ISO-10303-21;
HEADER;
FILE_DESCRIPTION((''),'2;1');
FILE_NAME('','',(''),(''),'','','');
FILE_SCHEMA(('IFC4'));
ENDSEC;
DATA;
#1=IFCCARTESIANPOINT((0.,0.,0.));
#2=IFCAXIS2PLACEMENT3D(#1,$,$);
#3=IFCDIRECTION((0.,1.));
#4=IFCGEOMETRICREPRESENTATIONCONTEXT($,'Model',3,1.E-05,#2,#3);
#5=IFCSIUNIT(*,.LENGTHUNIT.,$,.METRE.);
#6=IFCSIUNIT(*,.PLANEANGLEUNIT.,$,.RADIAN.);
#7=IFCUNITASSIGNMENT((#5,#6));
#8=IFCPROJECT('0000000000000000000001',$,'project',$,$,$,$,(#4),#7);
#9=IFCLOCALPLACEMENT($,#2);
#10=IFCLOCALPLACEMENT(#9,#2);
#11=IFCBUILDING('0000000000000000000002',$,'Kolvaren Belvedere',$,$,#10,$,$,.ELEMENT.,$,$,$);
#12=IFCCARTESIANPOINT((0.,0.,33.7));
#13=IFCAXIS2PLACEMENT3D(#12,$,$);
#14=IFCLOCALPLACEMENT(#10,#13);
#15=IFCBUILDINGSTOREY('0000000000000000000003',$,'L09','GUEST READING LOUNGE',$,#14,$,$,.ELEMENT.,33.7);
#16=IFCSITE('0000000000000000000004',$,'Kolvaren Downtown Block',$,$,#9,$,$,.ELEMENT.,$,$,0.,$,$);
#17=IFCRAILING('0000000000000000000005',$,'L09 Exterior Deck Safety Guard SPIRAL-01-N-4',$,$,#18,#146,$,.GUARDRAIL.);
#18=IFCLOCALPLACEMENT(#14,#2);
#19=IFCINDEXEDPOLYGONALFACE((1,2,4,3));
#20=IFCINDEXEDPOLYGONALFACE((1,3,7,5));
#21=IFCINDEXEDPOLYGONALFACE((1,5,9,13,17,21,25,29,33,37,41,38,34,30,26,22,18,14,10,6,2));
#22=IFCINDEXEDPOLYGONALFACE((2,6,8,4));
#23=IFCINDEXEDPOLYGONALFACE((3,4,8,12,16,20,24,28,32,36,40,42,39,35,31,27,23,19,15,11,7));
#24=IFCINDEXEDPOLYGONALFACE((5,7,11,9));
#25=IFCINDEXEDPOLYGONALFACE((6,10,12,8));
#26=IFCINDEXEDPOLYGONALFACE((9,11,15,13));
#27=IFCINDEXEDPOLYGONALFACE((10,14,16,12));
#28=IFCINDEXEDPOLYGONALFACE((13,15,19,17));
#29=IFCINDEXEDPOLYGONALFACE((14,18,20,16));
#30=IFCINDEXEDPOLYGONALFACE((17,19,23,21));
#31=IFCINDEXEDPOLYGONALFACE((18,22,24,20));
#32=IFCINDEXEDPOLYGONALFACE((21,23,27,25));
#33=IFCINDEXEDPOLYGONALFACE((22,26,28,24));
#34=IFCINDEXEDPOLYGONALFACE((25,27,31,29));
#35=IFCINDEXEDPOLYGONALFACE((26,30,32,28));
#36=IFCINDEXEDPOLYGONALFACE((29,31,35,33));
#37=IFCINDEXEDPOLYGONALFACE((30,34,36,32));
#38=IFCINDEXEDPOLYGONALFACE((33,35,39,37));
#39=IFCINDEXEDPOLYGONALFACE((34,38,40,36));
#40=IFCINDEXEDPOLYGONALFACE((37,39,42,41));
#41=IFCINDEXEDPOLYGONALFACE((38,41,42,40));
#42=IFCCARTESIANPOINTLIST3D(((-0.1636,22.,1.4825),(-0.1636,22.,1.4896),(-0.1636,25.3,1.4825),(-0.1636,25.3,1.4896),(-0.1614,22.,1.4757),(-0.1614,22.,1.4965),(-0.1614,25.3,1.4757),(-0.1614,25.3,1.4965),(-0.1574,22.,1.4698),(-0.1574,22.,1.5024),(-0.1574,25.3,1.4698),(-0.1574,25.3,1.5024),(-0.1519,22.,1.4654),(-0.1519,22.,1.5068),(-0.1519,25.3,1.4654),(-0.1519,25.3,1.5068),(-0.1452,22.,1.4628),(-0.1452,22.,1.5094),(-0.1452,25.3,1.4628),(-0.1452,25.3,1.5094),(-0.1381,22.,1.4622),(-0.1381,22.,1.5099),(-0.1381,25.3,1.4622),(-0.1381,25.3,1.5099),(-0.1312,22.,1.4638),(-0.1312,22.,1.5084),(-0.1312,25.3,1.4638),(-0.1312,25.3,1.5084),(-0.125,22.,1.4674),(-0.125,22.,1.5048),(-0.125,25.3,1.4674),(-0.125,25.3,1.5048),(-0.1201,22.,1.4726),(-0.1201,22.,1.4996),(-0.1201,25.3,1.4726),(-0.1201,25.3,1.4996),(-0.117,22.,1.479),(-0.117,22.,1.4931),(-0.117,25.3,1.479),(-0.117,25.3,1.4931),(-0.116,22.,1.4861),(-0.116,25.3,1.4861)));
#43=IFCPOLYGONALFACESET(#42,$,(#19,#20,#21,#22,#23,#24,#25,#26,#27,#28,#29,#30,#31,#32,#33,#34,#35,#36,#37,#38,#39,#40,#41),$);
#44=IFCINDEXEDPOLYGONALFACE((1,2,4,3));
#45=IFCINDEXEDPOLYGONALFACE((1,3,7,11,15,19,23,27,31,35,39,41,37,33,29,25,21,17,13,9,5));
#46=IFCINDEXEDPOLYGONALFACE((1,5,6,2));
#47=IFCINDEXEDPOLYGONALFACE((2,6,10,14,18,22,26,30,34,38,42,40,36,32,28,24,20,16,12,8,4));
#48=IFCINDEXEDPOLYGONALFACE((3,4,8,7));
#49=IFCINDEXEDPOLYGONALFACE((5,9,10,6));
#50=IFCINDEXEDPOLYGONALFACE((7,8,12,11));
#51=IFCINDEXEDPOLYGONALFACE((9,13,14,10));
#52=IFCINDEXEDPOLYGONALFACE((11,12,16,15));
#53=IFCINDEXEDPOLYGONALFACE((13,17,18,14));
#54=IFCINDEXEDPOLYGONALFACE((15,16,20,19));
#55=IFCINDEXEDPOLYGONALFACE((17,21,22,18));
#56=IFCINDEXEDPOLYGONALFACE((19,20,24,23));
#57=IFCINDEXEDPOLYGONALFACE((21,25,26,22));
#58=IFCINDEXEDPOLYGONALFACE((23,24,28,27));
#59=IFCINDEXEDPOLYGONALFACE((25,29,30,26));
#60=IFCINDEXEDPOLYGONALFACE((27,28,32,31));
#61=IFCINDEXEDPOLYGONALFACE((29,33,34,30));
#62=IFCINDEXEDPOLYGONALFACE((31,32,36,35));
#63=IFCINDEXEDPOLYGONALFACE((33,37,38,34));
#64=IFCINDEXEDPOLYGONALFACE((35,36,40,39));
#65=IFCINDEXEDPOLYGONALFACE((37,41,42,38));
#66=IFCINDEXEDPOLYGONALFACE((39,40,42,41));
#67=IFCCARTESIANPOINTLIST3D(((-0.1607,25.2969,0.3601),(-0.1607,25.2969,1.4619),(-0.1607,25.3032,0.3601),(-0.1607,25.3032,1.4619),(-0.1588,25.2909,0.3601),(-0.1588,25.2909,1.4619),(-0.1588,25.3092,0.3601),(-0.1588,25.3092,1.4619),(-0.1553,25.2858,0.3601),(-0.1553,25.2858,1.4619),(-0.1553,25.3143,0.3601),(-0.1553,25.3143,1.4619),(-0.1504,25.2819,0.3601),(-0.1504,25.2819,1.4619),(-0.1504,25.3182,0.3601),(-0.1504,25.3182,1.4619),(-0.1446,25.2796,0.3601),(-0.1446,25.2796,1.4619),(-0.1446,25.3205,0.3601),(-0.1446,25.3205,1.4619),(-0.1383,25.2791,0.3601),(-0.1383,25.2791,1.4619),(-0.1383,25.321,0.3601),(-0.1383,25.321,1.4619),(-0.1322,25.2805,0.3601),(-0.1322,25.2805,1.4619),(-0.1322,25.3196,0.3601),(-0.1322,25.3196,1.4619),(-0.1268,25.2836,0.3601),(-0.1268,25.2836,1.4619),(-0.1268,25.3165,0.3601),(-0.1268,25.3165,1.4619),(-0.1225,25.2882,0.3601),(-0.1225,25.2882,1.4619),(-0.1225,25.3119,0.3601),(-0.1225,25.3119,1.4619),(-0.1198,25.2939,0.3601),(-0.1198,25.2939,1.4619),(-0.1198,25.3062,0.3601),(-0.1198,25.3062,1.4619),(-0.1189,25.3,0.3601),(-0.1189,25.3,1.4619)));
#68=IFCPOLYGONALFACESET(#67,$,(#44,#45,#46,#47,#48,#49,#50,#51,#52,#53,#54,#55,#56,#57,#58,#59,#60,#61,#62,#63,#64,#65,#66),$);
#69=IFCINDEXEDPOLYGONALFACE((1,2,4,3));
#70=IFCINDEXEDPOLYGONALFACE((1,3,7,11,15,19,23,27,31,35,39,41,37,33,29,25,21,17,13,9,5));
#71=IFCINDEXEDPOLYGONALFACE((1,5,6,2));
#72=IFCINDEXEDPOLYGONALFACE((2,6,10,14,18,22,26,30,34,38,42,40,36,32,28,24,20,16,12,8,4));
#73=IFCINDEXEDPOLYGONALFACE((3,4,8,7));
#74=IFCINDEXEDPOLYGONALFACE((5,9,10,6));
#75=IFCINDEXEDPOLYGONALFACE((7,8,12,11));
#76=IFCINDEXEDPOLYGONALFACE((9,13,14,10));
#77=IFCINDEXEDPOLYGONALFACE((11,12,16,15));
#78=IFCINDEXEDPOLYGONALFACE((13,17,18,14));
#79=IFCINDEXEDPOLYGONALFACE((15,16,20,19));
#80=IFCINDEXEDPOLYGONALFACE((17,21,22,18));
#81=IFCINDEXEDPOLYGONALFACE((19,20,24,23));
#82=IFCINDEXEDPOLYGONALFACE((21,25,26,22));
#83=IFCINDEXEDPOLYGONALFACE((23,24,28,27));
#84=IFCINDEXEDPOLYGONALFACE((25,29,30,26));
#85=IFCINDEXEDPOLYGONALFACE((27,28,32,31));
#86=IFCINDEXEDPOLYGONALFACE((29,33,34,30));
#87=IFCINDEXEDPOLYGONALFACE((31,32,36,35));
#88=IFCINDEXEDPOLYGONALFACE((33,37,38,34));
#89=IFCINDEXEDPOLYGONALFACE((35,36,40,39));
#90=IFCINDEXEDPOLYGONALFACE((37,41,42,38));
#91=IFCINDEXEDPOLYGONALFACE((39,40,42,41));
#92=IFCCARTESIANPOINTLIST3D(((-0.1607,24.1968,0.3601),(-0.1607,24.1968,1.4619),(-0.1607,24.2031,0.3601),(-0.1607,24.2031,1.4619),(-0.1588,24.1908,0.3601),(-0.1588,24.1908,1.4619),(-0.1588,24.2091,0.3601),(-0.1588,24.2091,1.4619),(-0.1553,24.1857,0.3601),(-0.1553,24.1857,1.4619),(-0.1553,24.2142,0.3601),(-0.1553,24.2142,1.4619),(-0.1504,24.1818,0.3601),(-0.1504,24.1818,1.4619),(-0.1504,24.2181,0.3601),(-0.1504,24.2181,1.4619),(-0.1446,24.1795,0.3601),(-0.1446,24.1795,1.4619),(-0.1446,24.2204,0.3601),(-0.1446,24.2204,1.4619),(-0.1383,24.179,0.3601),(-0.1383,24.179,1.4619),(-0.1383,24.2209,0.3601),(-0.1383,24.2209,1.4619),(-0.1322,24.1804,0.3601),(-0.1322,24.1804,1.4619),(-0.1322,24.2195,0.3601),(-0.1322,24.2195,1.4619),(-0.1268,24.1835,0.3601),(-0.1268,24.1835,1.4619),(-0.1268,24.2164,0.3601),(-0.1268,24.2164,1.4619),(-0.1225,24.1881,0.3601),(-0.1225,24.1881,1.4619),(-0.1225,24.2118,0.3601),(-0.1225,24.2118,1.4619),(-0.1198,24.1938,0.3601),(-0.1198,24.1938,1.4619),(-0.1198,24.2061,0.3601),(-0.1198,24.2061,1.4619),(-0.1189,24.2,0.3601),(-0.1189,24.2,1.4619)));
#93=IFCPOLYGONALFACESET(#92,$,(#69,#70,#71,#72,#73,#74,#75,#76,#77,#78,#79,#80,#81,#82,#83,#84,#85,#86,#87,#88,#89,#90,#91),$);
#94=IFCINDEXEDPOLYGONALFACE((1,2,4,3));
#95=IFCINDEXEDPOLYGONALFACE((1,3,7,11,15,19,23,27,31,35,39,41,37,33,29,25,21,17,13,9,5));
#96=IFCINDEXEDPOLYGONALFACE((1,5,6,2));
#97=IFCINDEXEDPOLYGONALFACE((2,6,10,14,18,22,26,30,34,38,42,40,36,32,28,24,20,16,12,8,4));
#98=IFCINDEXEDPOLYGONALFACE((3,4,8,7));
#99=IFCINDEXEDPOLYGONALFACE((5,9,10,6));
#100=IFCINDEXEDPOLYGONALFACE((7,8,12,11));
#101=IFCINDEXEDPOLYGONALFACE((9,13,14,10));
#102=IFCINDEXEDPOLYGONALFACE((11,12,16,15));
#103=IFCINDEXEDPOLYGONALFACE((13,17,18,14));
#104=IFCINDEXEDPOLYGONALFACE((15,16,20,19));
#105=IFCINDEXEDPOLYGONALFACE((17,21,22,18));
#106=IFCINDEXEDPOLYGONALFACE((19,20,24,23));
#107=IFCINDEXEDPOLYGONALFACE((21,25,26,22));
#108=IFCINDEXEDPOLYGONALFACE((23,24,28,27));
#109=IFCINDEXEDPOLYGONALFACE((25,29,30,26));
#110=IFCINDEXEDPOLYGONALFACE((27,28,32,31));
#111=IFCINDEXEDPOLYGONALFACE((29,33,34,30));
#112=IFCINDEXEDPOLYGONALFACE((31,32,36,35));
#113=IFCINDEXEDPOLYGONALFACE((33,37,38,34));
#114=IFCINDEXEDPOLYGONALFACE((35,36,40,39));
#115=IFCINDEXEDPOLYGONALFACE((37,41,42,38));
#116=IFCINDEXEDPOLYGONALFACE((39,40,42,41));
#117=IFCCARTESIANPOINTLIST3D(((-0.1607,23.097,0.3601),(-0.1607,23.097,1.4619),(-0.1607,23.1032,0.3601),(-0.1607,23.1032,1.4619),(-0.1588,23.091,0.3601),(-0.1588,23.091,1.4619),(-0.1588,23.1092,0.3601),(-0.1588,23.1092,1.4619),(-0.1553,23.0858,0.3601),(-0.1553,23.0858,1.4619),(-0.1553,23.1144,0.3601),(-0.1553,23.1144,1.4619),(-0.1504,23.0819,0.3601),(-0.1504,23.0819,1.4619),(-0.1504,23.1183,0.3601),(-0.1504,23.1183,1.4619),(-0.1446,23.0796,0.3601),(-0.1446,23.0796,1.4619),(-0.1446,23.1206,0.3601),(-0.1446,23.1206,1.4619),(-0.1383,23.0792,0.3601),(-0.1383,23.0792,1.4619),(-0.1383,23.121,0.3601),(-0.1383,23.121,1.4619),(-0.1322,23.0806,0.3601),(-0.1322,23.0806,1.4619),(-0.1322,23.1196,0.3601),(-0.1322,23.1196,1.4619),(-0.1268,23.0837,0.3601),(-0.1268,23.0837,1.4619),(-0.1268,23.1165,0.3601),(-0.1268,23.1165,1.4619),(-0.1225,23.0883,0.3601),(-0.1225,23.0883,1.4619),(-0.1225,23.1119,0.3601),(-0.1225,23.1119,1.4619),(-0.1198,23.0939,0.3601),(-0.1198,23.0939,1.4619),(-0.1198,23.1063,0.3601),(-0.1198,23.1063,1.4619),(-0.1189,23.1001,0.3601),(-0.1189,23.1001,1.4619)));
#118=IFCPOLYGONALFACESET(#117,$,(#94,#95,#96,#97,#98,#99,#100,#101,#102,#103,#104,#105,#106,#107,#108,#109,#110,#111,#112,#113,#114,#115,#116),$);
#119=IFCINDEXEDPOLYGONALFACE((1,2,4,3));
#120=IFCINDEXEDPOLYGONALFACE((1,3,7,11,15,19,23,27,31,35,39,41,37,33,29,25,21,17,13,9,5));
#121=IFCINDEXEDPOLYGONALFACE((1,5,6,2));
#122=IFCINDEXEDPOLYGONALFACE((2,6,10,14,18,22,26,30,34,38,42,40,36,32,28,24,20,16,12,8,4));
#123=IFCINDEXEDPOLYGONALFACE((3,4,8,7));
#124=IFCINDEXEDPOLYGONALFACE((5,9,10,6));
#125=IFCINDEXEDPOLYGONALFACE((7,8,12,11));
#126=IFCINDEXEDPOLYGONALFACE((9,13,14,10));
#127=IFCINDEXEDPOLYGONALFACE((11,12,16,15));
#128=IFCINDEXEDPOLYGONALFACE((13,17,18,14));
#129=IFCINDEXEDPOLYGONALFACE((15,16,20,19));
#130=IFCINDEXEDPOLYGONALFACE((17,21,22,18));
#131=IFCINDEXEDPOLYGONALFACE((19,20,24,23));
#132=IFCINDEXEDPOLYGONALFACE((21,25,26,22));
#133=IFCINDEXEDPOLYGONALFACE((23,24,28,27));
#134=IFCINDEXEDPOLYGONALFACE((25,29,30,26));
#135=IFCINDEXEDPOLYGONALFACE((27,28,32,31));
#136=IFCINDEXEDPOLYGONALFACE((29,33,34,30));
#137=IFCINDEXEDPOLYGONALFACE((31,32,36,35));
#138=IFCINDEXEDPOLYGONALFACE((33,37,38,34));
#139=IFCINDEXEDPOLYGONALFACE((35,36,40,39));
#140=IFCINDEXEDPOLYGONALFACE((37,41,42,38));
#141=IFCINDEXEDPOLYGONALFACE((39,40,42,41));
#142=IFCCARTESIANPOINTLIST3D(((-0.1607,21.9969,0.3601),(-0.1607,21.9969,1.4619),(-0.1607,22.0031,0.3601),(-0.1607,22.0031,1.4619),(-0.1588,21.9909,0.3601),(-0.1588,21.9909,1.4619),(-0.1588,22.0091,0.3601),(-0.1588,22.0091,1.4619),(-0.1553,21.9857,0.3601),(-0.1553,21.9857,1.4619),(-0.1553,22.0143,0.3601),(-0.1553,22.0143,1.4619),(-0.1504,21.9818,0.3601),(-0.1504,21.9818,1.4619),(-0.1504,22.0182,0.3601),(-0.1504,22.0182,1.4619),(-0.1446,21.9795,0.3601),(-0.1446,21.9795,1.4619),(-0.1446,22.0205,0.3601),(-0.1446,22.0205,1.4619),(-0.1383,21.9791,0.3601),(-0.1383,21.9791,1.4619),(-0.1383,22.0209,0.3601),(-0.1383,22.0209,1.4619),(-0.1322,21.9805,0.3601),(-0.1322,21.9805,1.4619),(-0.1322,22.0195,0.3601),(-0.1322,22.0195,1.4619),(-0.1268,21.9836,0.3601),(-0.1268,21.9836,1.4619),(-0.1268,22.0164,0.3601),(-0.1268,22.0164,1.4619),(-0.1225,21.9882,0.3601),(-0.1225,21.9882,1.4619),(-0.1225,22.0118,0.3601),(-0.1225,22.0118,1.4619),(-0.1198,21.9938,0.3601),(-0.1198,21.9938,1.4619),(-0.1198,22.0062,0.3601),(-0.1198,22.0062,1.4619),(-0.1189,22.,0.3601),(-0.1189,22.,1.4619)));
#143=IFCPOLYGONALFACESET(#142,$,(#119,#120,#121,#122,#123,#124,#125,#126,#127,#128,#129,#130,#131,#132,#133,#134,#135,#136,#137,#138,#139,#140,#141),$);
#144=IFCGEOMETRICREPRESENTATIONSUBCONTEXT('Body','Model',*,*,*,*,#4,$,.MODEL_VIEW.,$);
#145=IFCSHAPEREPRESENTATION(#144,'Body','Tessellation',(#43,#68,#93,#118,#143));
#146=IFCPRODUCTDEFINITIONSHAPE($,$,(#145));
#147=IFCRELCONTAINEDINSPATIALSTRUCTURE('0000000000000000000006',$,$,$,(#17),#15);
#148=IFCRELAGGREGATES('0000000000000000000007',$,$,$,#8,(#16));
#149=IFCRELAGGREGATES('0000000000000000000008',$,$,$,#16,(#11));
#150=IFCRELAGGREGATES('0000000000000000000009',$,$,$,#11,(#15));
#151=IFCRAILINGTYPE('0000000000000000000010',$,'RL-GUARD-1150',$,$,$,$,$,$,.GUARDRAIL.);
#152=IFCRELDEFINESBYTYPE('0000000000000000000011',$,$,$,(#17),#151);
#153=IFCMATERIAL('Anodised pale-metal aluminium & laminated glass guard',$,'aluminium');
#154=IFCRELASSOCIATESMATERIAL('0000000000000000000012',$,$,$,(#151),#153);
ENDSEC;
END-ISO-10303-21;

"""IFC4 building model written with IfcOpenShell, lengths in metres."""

from ifc_helpers import new_model, si_unit, direction, frame, origin, origin_2d, place, context, subcontext, project, spatial, circle, extrude, material, type_object, element, save


model = new_model("IFC4")

# Units and contexts
model_context = context("Model", 3, precision=1e-05, world=origin(), true_north=direction((0.0, 1.0)))
body_context = subcontext(model_context, "Body", "Model", "MODEL_VIEW")
ifc_project = project(units=[si_unit("LENGTHUNIT", "METRE"), si_unit("PLANEANGLEUNIT", "RADIAN")], contexts=[model_context])

# Site, building, storey
site_placement = place(None, origin())
site = spatial("IfcSite", under=ifc_project, at=site_placement, Name="Kolvaren Downtown Block", CompositionType="ELEMENT", RefElevation=0.0)
building_placement = place(site_placement, origin())
building = spatial("IfcBuilding", under=site, at=building_placement, Name="Kolvaren Belvedere", CompositionType="ELEMENT")
storey_placement = place(building_placement, frame((0.0, 0.0, 33.7)))
storey = spatial("IfcBuildingStorey", under=building, at=storey_placement, Name="L09", Description="GUEST READING LOUNGE", CompositionType="ELEMENT", Elevation=33.7)

# Railing
ifc_material_1 = material(Name="Anodised pale-metal aluminium & laminated glass guard", Category="aluminium")
railing_type = type_object("IfcRailingType", Name="RL-GUARD-1150", PredefinedType="GUARDRAIL", material=ifc_material_1)
railing_placement = place(storey_placement, frame((-0.1399, 25.3, 0.3601)))
element("IfcRailing", 1, at=railing_placement, inside=storey, type_object=railing_type, Name="L09 Exterior Deck Safety Guard SPIRAL-01-N-4", PredefinedType="GUARDRAIL", context=body_context, shape_type="SweptSolid", body=[
    extrude(circle(Radius=0.0239, at=origin_2d()), frame((0.0, 0.0, 1.126), z_axis=(0.0, -1.0, 0.0), x_axis=(1.0, 0.0, 0.0)), (0.0, 0.0, 1.0), 3.3),
    extrude(circle(Radius=0.021, at=origin_2d()), origin(), (0.0, 0.0, 1.0), 1.1018),
    extrude(circle(Radius=0.021, at=origin_2d()), frame((0.0, -1.1001, 0.0)), (0.0, 0.0, 1.0), 1.1018),
    extrude(circle(Radius=0.021, at=origin_2d()), frame((0.0, -2.2, 0.0)), (0.0, 0.0, 1.0), 1.1018),
    extrude(circle(Radius=0.021, at=origin_2d()), frame((0.0, -3.3, 0.0)), (0.0, 0.0, 1.0), 1.1018),
])

save(model, "model.ifc")
